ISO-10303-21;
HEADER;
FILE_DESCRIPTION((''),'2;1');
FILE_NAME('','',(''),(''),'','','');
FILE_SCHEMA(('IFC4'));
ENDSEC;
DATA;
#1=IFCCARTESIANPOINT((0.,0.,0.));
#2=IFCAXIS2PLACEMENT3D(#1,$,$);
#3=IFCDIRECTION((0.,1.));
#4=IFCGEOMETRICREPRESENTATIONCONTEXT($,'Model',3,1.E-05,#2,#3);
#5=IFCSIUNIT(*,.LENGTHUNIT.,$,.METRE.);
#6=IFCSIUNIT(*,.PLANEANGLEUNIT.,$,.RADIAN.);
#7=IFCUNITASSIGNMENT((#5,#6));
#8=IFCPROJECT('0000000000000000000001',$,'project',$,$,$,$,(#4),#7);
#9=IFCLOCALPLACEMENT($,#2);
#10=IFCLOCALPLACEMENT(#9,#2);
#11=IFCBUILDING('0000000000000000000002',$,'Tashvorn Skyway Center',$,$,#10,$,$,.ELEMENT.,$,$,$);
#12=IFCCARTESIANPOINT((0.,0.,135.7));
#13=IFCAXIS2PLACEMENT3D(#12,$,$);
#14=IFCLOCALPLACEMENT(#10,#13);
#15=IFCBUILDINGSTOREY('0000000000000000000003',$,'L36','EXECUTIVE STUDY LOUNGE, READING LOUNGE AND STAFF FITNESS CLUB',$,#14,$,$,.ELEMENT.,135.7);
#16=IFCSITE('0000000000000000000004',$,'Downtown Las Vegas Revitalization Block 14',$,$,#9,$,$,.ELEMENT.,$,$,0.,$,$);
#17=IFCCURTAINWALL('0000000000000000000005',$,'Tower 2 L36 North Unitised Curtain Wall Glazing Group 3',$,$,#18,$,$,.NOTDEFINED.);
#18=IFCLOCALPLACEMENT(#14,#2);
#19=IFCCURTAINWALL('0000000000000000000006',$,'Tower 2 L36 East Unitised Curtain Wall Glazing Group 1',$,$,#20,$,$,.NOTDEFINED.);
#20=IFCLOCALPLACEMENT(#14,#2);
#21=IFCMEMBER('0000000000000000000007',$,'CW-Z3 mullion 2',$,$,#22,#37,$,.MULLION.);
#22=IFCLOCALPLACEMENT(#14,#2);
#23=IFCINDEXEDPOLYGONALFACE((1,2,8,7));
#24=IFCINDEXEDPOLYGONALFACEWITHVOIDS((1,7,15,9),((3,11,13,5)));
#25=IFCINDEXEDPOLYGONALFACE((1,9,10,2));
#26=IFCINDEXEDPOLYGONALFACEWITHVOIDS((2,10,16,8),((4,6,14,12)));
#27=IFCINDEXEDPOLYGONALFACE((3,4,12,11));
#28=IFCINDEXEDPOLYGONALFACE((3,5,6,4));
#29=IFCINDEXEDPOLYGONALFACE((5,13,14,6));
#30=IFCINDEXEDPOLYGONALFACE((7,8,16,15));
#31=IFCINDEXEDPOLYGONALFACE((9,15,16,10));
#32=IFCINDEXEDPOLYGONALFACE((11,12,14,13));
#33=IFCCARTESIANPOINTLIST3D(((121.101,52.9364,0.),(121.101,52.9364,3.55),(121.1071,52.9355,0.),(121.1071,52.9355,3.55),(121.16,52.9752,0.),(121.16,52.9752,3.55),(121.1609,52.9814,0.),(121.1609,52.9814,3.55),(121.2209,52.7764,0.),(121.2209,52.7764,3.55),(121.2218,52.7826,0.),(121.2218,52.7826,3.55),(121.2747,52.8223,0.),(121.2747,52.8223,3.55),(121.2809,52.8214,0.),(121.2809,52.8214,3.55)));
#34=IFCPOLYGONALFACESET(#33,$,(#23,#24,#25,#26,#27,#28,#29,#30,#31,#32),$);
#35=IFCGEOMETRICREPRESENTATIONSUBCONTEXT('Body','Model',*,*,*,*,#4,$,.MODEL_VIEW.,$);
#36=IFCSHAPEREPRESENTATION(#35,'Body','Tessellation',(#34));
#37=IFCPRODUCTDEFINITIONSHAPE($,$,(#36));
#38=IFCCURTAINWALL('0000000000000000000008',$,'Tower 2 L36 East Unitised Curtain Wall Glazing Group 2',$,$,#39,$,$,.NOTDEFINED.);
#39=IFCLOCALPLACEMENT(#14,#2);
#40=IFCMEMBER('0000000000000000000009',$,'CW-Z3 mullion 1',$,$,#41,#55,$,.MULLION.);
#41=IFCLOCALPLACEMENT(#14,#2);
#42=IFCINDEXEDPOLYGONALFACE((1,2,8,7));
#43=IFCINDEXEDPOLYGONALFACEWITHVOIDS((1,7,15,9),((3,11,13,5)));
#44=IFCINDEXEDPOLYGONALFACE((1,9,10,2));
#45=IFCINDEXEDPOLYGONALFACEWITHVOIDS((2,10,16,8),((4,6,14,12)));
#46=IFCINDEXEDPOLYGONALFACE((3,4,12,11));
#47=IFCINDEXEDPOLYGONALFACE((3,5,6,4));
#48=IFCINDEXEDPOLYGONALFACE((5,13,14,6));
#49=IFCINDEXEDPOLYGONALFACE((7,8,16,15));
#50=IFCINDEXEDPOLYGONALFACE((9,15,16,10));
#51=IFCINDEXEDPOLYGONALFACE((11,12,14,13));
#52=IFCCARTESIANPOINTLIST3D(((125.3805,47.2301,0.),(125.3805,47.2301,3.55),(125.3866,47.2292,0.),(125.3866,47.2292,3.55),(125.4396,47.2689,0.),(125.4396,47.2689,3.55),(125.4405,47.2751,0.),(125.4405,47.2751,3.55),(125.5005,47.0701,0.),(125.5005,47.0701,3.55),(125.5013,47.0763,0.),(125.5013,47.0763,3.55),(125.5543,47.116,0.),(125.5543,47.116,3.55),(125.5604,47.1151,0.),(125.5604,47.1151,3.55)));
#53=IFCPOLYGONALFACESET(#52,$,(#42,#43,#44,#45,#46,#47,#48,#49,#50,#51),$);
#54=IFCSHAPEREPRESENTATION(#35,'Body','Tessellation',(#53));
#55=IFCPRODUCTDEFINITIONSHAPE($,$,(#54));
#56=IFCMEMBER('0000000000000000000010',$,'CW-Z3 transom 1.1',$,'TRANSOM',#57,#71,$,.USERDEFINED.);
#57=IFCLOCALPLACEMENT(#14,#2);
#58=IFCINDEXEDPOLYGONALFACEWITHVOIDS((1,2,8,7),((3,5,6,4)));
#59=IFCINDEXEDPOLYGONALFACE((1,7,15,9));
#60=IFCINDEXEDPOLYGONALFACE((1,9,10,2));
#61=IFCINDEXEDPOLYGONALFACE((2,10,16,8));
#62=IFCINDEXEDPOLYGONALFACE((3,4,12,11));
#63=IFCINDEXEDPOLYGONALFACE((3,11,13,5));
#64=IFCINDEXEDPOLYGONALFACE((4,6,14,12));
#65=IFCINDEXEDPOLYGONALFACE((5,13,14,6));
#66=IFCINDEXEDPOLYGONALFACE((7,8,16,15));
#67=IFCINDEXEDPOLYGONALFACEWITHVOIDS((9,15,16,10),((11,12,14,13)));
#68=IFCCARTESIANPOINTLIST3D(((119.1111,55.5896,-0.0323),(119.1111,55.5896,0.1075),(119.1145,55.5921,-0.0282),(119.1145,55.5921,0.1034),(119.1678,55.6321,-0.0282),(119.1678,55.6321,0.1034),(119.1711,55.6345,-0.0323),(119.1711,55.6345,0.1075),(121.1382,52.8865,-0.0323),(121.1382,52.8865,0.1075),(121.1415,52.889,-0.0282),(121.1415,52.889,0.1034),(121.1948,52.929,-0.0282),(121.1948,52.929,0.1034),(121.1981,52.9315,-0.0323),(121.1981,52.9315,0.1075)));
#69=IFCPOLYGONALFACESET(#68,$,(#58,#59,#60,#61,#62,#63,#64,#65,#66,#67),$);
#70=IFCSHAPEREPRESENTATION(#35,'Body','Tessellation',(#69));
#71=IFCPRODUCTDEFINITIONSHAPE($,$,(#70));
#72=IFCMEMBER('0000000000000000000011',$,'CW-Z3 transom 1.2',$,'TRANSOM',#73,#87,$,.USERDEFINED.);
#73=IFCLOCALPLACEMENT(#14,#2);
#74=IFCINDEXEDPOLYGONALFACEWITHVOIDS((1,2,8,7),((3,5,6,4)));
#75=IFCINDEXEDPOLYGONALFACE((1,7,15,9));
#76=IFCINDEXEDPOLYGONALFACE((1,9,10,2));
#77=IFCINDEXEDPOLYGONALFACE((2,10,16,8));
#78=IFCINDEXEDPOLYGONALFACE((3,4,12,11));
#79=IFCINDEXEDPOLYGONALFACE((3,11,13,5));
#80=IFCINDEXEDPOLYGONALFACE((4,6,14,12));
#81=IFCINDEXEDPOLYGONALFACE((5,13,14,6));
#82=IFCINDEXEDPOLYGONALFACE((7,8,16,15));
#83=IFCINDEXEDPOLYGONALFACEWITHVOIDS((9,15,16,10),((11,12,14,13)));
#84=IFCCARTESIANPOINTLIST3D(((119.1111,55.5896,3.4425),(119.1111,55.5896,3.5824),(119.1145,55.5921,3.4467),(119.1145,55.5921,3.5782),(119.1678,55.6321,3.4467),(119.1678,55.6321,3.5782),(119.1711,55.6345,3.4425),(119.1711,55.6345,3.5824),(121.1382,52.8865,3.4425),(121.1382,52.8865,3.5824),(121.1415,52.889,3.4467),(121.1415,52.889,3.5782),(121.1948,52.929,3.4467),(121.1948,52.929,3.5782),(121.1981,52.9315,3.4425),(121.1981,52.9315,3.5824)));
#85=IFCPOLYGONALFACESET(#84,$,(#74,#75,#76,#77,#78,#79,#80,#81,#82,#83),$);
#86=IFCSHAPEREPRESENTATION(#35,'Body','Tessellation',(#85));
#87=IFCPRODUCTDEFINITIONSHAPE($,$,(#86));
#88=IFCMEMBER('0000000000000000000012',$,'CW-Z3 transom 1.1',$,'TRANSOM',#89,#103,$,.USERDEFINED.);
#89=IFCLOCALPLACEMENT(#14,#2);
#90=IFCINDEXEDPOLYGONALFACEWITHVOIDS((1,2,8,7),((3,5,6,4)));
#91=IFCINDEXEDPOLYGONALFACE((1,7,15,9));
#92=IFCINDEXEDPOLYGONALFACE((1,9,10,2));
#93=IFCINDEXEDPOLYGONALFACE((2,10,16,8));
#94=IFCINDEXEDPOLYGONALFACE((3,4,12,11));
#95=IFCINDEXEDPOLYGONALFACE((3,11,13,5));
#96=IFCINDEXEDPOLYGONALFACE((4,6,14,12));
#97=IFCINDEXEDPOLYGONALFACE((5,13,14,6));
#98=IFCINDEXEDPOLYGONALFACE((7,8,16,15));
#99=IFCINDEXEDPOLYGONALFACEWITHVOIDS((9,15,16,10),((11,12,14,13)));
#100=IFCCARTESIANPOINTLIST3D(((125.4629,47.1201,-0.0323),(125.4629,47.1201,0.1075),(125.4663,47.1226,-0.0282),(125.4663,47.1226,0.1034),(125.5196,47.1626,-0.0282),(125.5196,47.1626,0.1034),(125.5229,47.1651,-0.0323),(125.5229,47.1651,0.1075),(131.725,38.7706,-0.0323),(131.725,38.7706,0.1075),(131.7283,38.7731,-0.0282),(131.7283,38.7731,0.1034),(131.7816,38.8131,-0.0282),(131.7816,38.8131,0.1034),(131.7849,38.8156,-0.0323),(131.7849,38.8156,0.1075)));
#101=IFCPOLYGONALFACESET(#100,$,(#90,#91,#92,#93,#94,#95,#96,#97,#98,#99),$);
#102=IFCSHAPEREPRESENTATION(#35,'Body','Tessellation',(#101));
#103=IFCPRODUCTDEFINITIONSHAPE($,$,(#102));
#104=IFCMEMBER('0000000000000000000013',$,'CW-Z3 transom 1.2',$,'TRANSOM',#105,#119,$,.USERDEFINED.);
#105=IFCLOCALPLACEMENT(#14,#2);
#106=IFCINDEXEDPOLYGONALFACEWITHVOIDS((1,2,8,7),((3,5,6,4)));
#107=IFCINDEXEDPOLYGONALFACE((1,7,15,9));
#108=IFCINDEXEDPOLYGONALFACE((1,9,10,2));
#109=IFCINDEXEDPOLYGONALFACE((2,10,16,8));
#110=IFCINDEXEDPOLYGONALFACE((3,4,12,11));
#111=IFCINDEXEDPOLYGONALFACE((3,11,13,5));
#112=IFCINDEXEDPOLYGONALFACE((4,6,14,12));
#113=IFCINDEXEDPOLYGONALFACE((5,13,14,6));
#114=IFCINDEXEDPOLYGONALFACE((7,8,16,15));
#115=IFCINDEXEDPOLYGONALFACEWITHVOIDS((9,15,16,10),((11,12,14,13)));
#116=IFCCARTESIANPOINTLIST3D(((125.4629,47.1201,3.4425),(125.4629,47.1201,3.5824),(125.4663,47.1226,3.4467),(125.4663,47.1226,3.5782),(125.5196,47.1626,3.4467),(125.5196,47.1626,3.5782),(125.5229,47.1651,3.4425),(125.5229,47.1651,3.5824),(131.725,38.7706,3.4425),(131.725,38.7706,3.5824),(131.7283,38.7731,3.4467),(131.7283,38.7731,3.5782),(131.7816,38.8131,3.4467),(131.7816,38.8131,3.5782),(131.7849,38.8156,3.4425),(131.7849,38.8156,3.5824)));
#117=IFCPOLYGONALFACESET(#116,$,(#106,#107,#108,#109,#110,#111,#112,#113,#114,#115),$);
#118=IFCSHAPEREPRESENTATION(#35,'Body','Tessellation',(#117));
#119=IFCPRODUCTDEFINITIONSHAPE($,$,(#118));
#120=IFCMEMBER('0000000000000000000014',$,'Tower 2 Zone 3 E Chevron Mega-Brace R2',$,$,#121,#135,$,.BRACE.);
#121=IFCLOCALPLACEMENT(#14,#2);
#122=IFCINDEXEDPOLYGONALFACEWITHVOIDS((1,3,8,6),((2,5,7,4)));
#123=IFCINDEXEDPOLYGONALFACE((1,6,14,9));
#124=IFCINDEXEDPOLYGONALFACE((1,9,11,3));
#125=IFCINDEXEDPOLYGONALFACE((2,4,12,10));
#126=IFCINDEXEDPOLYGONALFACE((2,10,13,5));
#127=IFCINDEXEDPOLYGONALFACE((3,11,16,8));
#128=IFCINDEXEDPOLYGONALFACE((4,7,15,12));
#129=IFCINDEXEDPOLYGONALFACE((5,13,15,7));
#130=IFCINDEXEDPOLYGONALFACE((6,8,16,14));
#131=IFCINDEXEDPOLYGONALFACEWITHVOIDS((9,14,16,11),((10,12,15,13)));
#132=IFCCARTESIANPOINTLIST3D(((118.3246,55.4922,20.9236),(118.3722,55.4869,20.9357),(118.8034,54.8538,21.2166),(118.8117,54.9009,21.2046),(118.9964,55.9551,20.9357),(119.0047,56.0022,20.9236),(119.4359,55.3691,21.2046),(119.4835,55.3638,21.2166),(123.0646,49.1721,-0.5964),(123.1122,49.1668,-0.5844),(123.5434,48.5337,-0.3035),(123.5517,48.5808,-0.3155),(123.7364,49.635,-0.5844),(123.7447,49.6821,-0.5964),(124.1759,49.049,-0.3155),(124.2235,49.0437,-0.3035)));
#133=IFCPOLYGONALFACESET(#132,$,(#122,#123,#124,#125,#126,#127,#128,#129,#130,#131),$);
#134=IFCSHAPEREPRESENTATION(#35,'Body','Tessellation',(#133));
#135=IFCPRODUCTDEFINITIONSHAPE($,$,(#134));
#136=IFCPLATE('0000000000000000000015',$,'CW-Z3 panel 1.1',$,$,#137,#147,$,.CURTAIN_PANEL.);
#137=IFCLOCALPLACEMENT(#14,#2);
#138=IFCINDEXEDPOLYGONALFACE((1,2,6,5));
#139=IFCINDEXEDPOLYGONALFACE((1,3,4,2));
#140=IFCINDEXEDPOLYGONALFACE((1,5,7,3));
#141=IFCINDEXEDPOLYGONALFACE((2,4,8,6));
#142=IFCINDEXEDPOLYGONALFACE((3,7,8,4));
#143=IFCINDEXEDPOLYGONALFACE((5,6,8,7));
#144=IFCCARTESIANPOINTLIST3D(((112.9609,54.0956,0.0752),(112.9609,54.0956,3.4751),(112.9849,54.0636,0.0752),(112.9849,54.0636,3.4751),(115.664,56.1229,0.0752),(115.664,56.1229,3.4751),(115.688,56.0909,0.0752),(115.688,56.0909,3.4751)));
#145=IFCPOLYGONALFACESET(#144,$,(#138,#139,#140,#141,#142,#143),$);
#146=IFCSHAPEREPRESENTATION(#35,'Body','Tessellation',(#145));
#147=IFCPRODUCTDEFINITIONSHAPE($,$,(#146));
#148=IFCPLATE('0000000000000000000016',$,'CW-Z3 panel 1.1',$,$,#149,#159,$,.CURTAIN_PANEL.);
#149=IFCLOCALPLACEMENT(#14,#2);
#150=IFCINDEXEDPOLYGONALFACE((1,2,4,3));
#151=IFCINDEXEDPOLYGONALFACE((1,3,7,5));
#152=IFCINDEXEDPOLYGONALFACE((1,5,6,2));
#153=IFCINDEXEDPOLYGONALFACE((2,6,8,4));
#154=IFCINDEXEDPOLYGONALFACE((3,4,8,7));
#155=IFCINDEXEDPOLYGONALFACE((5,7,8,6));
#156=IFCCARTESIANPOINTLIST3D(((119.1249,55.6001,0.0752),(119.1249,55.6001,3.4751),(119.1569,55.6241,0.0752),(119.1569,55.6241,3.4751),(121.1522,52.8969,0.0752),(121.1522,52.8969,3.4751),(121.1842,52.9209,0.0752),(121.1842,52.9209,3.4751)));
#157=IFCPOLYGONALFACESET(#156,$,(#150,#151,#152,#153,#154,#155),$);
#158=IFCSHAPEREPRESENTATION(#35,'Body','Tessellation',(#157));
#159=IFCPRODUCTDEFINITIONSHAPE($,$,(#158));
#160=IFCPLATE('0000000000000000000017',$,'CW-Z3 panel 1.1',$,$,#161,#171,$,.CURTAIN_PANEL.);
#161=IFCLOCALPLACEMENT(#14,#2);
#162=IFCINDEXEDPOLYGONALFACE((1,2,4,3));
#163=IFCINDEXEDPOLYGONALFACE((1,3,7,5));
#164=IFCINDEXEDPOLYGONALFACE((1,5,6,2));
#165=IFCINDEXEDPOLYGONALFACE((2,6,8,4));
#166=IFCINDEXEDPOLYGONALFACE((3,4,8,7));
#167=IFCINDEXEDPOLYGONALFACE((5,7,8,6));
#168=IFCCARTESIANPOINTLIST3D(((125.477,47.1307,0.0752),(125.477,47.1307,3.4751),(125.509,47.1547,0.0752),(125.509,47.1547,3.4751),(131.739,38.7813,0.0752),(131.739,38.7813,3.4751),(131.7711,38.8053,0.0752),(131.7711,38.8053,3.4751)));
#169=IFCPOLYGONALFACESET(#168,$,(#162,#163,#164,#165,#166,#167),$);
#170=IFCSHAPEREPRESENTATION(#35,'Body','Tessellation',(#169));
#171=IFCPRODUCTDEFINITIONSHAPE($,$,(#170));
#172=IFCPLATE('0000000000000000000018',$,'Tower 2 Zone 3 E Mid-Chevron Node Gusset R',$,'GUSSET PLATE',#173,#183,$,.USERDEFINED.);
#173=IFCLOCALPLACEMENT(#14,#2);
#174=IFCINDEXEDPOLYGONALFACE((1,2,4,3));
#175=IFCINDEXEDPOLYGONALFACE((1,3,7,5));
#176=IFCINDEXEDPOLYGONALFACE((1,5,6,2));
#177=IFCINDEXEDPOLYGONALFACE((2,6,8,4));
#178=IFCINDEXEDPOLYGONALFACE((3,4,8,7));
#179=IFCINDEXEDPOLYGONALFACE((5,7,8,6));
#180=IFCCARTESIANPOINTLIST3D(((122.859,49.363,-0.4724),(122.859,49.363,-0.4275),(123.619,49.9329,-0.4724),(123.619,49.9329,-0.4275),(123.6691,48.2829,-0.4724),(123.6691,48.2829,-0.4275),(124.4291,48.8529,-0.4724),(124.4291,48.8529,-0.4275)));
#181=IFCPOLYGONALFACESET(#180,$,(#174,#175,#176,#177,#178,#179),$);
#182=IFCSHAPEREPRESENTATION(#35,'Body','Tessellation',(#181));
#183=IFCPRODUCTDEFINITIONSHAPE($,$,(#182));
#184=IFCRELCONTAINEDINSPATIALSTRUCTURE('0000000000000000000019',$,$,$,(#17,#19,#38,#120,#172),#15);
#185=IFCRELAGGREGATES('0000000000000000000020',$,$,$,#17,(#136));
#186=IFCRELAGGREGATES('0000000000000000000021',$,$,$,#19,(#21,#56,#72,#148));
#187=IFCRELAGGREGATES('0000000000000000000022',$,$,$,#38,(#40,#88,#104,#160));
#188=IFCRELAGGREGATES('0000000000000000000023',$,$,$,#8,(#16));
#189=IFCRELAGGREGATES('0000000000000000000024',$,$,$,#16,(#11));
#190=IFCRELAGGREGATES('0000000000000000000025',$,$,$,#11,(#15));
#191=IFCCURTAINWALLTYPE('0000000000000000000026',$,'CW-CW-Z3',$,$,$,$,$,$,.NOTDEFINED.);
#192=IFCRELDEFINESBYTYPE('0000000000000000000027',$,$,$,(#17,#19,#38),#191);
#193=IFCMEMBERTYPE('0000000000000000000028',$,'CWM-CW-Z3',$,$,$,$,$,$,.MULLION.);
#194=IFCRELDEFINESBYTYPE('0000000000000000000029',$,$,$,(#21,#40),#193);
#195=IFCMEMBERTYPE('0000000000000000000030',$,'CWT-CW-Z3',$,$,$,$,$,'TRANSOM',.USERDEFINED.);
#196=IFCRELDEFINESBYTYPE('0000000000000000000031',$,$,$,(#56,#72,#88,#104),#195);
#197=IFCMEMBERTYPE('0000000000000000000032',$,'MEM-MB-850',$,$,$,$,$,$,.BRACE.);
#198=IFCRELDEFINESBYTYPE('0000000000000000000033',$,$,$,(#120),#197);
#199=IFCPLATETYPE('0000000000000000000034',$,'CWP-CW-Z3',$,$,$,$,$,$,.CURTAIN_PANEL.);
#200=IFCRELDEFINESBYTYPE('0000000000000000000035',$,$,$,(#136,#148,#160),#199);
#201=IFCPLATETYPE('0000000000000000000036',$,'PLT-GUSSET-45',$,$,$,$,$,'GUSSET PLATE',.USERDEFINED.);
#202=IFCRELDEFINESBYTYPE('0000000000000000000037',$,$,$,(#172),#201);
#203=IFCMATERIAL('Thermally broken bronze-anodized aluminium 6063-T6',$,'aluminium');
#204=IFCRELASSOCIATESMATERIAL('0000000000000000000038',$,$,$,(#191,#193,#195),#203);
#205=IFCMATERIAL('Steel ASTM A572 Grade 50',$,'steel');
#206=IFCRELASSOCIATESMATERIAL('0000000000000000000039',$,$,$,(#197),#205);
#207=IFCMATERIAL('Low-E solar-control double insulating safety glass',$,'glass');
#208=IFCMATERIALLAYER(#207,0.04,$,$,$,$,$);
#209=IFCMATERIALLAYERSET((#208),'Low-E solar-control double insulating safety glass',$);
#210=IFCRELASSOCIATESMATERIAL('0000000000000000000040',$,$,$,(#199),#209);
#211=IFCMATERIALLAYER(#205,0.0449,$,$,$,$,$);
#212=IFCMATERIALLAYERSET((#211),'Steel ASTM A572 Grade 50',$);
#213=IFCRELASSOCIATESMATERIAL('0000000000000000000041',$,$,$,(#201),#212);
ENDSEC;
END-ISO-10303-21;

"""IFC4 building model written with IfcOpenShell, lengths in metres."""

from ifc_helpers import new_model, si_unit, direction, frame, origin, origin_2d, place, context, subcontext, project, spatial, rectangle, hollow_rectangle, extrude, material, layer, layer_set, material_profile, profile_set, type_object, element, aggregate, save


model = new_model("IFC4")

# Units and contexts
model_context = context("Model", 3, precision=1e-05, world=origin(), true_north=direction((0.0, 1.0)))
body_context = subcontext(model_context, "Body", "Model", "MODEL_VIEW")
ifc_project = project(units=[si_unit("LENGTHUNIT", "METRE"), si_unit("PLANEANGLEUNIT", "RADIAN")], contexts=[model_context])

# Site, building, storey
site_placement = place(None, origin())
site = spatial("IfcSite", under=ifc_project, at=site_placement, Name="Downtown Las Vegas Revitalization Block 14", CompositionType="ELEMENT", RefElevation=0.0)
building_placement = place(site_placement, origin())
building = spatial("IfcBuilding", under=site, at=building_placement, Name="Tashvorn Skyway Center", CompositionType="ELEMENT")
storey_placement = place(building_placement, frame((0.0, 0.0, 135.7)))
storey = spatial("IfcBuildingStorey", under=building, at=storey_placement, Name="L36", Description="EXECUTIVE STUDY LOUNGE, READING LOUNGE AND STAFF FITNESS CLUB", CompositionType="ELEMENT", Elevation=135.7)

# Shared definitions
ifc_material_1 = material(Name="Steel ASTM A572 Grade 50", Category="steel")

# Curtain wall
ifc_material_2 = material(Name="Thermally broken bronze-anodized aluminium 6063-T6", Category="aluminium")
curtain_wall_type = type_object("IfcCurtainWallType", Name="CW-CW-Z3", PredefinedType="NOTDEFINED", material=ifc_material_2)
curtain_wall_1_placement = place(storey_placement, origin())
curtain_wall_1 = element("IfcCurtainWall", 1, at=curtain_wall_1_placement, inside=storey, type_object=curtain_wall_type, Name="Tower 2 L36 North Unitised Curtain Wall Glazing Group 3", PredefinedType="NOTDEFINED")
ifc_material_profile_1 = material_profile(ifc_material_2, hollow_rectangle(XDim=0.075, YDim=0.2, WallThickness=0.0044, at=origin_2d()), Name="ALU-MULL-75x200")
ifc_profile_set_1 = profile_set([ifc_material_profile_1], Name="Thermally broken bronze-anodized aluminium 6063-T6")
member_type_1 = type_object("IfcMemberType", Name="CWM-CW-Z3", PredefinedType="MULLION", material=ifc_profile_set_1)

# Curtain wall, member
curtain_wall_2_placement = place(storey_placement, origin())
curtain_wall_2 = element("IfcCurtainWall", 2, at=curtain_wall_2_placement, inside=storey, type_object=curtain_wall_type, Name="Tower 2 L36 East Unitised Curtain Wall Glazing Group 1", PredefinedType="NOTDEFINED")
member_1_placement = place(storey_placement, frame((121.1909, 52.8789, 0.0), z_axis=(0.0, 0.0, 1.0), x_axis=(0.800003, 0.599995, 0.0)))
member_1 = element("IfcMember", 3, at=member_1_placement, type_object=member_type_1, Name="CW-Z3 mullion 2", PredefinedType="MULLION", context=body_context, shape_type="SweptSolid", body=[
    extrude(hollow_rectangle(XDim=0.075, YDim=0.2, WallThickness=0.0044, at=origin_2d()), origin(), (0.0, 0.0, 1.0), 3.55),
])

# Curtain wall, member
curtain_wall_3_placement = place(storey_placement, origin())
curtain_wall_3 = element("IfcCurtainWall", 4, at=curtain_wall_3_placement, inside=storey, type_object=curtain_wall_type, Name="Tower 2 L36 East Unitised Curtain Wall Glazing Group 2", PredefinedType="NOTDEFINED")
member_2_placement = place(storey_placement, frame((125.4705, 47.1726, 0.0), z_axis=(0.0, 0.0, 1.0), x_axis=(0.800002, 0.599997, 0.0)))
member_2 = element("IfcMember", 5, at=member_2_placement, type_object=member_type_1, Name="CW-Z3 mullion 1", PredefinedType="MULLION", context=body_context, shape_type="SweptSolid", body=[
    extrude(hollow_rectangle(XDim=0.075, YDim=0.2, WallThickness=0.0044, at=origin_2d()), origin(), (0.0, 0.0, 1.0), 3.55),
])

# Members
ifc_material_profile_2 = material_profile(ifc_material_2, hollow_rectangle(XDim=0.075, YDim=0.1399, WallThickness=0.0042, at=origin_2d()), Name="ALU-TRAN-75x140")
ifc_profile_set_2 = profile_set([ifc_material_profile_2], Name="Thermally broken bronze-anodized aluminium 6063-T6")
member_type_2 = type_object("IfcMemberType", Name="CWT-CW-Z3", ElementType="TRANSOM", PredefinedType="USERDEFINED", material=ifc_profile_set_2)
member_3_placement = place(storey_placement, frame((119.1411, 55.6121, 0.0376), z_axis=(0.599954, -0.800035, 0.0), x_axis=(0.800035, 0.599954, 0.0)))
member_3 = element("IfcMember", 6, at=member_3_placement, type_object=member_type_2, Name="CW-Z3 transom 1.1", ObjectType="TRANSOM", PredefinedType="USERDEFINED", context=body_context, shape_type="SweptSolid", body=[
    extrude(hollow_rectangle(XDim=0.075, YDim=0.1399, WallThickness=0.0042, at=origin_2d()), origin(), (0.0, 0.0, 1.0), 3.3787),
])
member_4_placement = place(storey_placement, frame((119.1411, 55.6121, 3.5125), z_axis=(0.599954, -0.800035, 0.0), x_axis=(0.800035, 0.599954, 0.0)))
member_4 = element("IfcMember", 7, at=member_4_placement, type_object=member_type_2, Name="CW-Z3 transom 1.2", ObjectType="TRANSOM", PredefinedType="USERDEFINED", context=body_context, shape_type="SweptSolid", body=[
    extrude(hollow_rectangle(XDim=0.075, YDim=0.1399, WallThickness=0.0042, at=origin_2d()), origin(), (0.0, 0.0, 1.0), 3.3787),
])
member_5_placement = place(storey_placement, frame((125.4929, 47.1426, 0.0376), z_axis=(0.599996, -0.800003, 0.0), x_axis=(0.800003, 0.599996, 0.0)))
member_5 = element("IfcMember", 8, at=member_5_placement, type_object=member_type_2, Name="CW-Z3 transom 1.1", ObjectType="TRANSOM", PredefinedType="USERDEFINED", context=body_context, shape_type="SweptSolid", body=[
    extrude(hollow_rectangle(XDim=0.075, YDim=0.1399, WallThickness=0.0042, at=origin_2d()), origin(), (0.0, 0.0, 1.0), 10.4368),
])
member_6_placement = place(storey_placement, frame((125.4929, 47.1426, 3.5125), z_axis=(0.599996, -0.800003, 0.0), x_axis=(0.800003, 0.599996, 0.0)))
member_6 = element("IfcMember", 9, at=member_6_placement, type_object=member_type_2, Name="CW-Z3 transom 1.2", ObjectType="TRANSOM", PredefinedType="USERDEFINED", context=body_context, shape_type="SweptSolid", body=[
    extrude(hollow_rectangle(XDim=0.075, YDim=0.1399, WallThickness=0.0042, at=origin_2d()), origin(), (0.0, 0.0, 1.0), 10.4368),
])
ifc_material_profile_3 = material_profile(ifc_material_1, hollow_rectangle(XDim=0.8501, YDim=0.8501, WallThickness=0.0349, at=origin_2d()), Name="BOX850x850x35")
ifc_profile_set_3 = profile_set([ifc_material_profile_3], Name="Steel ASTM A572 Grade 50")
member_type_3 = type_object("IfcMemberType", Name="MEM-MB-850", PredefinedType="BRACE", material=ifc_profile_set_3)
member_7_placement = place(storey_placement, frame((123.644, 49.1079, -0.45), z_axis=(-0.206767, 0.275693, 0.938744), x_axis=(-0.800004, -0.599995, 0.0)))
element("IfcMember", 10, at=member_7_placement, inside=storey, type_object=member_type_3, Name="Tower 2 Zone 3 E Chevron Mega-Brace R2", PredefinedType="BRACE", context=body_context, shape_type="SweptSolid", body=[
    extrude(hollow_rectangle(XDim=0.8501, YDim=0.8501, WallThickness=0.0349, at=origin_2d()), origin(), (0.0, 0.0, 1.0), 22.9243),
])

# Plates
ifc_material_3 = material(Name="Low-E solar-control double insulating safety glass", Category="glass")
ifc_layer_1 = layer(ifc_material_3, 0.04)
ifc_layer_set_1 = layer_set([ifc_layer_1], Name="Low-E solar-control double insulating safety glass")
plate_type_1 = type_object("IfcPlateType", Name="CWP-CW-Z3", PredefinedType="CURTAIN_PANEL", material=ifc_layer_set_1)
plate_1_placement = place(storey_placement, frame((114.3245, 55.0933, 0.0752), z_axis=(0.0, 0.0, 1.0), x_axis=(0.800003, 0.599995, 0.0)))
plate_1 = element("IfcPlate", 11, at=plate_1_placement, type_object=plate_type_1, Name="CW-Z3 panel 1.1", PredefinedType="CURTAIN_PANEL", context=body_context, shape_type="SweptSolid", body=[
    extrude(rectangle(XDim=3.3789, YDim=0.04, at=origin_2d()), origin(), (0.0, 0.0, 1.0), 3.3999),
])
aggregate(curtain_wall_1, [plate_1])
plate_2_placement = place(storey_placement, frame((120.1545, 54.2605, 0.0752), z_axis=(0.0, 0.0, 1.0), x_axis=(0.599995, -0.800003, 0.0)))
plate_2 = element("IfcPlate", 12, at=plate_2_placement, type_object=plate_type_1, Name="CW-Z3 panel 1.1", PredefinedType="CURTAIN_PANEL", context=body_context, shape_type="SweptSolid", body=[
    extrude(rectangle(XDim=3.3789, YDim=0.04, at=origin_2d()), origin(), (0.0, 0.0, 1.0), 3.3999),
])
aggregate(curtain_wall_2, [member_1, member_3, member_4, plate_2])
plate_3_placement = place(storey_placement, frame((128.624, 42.968, 0.0752), z_axis=(0.0, 0.0, 1.0), x_axis=(0.599997, -0.800002, 0.0)))
plate_3 = element("IfcPlate", 13, at=plate_3_placement, type_object=plate_type_1, Name="CW-Z3 panel 1.1", PredefinedType="CURTAIN_PANEL", context=body_context, shape_type="SweptSolid", body=[
    extrude(rectangle(XDim=10.4368, YDim=0.04, at=origin_2d()), origin(), (0.0, 0.0, 1.0), 3.3999),
])
aggregate(curtain_wall_3, [member_2, member_5, member_6, plate_3])
ifc_layer_2 = layer(ifc_material_1, 0.0449)
ifc_layer_set_2 = layer_set([ifc_layer_2], Name="Steel ASTM A572 Grade 50")
plate_type_2 = type_object("IfcPlateType", Name="PLT-GUSSET-45", ElementType="GUSSET PLATE", PredefinedType="USERDEFINED", material=ifc_layer_set_2)
plate_4_placement = place(storey_placement, frame((123.644, 49.1079, -0.4724), z_axis=(0.0, 0.0, 1.0), x_axis=(-0.6, 0.8, 0.0)))
element("IfcPlate", 14, at=plate_4_placement, inside=storey, type_object=plate_type_2, Name="Tower 2 Zone 3 E Mid-Chevron Node Gusset R", ObjectType="GUSSET PLATE", PredefinedType="USERDEFINED", context=body_context, shape_type="SweptSolid", body=[
    extrude(rectangle(XDim=1.3501, YDim=0.95, at=origin_2d()), origin(), (0.0, 0.0, 1.0), 0.0449),
])

save(model, "model.ifc")
